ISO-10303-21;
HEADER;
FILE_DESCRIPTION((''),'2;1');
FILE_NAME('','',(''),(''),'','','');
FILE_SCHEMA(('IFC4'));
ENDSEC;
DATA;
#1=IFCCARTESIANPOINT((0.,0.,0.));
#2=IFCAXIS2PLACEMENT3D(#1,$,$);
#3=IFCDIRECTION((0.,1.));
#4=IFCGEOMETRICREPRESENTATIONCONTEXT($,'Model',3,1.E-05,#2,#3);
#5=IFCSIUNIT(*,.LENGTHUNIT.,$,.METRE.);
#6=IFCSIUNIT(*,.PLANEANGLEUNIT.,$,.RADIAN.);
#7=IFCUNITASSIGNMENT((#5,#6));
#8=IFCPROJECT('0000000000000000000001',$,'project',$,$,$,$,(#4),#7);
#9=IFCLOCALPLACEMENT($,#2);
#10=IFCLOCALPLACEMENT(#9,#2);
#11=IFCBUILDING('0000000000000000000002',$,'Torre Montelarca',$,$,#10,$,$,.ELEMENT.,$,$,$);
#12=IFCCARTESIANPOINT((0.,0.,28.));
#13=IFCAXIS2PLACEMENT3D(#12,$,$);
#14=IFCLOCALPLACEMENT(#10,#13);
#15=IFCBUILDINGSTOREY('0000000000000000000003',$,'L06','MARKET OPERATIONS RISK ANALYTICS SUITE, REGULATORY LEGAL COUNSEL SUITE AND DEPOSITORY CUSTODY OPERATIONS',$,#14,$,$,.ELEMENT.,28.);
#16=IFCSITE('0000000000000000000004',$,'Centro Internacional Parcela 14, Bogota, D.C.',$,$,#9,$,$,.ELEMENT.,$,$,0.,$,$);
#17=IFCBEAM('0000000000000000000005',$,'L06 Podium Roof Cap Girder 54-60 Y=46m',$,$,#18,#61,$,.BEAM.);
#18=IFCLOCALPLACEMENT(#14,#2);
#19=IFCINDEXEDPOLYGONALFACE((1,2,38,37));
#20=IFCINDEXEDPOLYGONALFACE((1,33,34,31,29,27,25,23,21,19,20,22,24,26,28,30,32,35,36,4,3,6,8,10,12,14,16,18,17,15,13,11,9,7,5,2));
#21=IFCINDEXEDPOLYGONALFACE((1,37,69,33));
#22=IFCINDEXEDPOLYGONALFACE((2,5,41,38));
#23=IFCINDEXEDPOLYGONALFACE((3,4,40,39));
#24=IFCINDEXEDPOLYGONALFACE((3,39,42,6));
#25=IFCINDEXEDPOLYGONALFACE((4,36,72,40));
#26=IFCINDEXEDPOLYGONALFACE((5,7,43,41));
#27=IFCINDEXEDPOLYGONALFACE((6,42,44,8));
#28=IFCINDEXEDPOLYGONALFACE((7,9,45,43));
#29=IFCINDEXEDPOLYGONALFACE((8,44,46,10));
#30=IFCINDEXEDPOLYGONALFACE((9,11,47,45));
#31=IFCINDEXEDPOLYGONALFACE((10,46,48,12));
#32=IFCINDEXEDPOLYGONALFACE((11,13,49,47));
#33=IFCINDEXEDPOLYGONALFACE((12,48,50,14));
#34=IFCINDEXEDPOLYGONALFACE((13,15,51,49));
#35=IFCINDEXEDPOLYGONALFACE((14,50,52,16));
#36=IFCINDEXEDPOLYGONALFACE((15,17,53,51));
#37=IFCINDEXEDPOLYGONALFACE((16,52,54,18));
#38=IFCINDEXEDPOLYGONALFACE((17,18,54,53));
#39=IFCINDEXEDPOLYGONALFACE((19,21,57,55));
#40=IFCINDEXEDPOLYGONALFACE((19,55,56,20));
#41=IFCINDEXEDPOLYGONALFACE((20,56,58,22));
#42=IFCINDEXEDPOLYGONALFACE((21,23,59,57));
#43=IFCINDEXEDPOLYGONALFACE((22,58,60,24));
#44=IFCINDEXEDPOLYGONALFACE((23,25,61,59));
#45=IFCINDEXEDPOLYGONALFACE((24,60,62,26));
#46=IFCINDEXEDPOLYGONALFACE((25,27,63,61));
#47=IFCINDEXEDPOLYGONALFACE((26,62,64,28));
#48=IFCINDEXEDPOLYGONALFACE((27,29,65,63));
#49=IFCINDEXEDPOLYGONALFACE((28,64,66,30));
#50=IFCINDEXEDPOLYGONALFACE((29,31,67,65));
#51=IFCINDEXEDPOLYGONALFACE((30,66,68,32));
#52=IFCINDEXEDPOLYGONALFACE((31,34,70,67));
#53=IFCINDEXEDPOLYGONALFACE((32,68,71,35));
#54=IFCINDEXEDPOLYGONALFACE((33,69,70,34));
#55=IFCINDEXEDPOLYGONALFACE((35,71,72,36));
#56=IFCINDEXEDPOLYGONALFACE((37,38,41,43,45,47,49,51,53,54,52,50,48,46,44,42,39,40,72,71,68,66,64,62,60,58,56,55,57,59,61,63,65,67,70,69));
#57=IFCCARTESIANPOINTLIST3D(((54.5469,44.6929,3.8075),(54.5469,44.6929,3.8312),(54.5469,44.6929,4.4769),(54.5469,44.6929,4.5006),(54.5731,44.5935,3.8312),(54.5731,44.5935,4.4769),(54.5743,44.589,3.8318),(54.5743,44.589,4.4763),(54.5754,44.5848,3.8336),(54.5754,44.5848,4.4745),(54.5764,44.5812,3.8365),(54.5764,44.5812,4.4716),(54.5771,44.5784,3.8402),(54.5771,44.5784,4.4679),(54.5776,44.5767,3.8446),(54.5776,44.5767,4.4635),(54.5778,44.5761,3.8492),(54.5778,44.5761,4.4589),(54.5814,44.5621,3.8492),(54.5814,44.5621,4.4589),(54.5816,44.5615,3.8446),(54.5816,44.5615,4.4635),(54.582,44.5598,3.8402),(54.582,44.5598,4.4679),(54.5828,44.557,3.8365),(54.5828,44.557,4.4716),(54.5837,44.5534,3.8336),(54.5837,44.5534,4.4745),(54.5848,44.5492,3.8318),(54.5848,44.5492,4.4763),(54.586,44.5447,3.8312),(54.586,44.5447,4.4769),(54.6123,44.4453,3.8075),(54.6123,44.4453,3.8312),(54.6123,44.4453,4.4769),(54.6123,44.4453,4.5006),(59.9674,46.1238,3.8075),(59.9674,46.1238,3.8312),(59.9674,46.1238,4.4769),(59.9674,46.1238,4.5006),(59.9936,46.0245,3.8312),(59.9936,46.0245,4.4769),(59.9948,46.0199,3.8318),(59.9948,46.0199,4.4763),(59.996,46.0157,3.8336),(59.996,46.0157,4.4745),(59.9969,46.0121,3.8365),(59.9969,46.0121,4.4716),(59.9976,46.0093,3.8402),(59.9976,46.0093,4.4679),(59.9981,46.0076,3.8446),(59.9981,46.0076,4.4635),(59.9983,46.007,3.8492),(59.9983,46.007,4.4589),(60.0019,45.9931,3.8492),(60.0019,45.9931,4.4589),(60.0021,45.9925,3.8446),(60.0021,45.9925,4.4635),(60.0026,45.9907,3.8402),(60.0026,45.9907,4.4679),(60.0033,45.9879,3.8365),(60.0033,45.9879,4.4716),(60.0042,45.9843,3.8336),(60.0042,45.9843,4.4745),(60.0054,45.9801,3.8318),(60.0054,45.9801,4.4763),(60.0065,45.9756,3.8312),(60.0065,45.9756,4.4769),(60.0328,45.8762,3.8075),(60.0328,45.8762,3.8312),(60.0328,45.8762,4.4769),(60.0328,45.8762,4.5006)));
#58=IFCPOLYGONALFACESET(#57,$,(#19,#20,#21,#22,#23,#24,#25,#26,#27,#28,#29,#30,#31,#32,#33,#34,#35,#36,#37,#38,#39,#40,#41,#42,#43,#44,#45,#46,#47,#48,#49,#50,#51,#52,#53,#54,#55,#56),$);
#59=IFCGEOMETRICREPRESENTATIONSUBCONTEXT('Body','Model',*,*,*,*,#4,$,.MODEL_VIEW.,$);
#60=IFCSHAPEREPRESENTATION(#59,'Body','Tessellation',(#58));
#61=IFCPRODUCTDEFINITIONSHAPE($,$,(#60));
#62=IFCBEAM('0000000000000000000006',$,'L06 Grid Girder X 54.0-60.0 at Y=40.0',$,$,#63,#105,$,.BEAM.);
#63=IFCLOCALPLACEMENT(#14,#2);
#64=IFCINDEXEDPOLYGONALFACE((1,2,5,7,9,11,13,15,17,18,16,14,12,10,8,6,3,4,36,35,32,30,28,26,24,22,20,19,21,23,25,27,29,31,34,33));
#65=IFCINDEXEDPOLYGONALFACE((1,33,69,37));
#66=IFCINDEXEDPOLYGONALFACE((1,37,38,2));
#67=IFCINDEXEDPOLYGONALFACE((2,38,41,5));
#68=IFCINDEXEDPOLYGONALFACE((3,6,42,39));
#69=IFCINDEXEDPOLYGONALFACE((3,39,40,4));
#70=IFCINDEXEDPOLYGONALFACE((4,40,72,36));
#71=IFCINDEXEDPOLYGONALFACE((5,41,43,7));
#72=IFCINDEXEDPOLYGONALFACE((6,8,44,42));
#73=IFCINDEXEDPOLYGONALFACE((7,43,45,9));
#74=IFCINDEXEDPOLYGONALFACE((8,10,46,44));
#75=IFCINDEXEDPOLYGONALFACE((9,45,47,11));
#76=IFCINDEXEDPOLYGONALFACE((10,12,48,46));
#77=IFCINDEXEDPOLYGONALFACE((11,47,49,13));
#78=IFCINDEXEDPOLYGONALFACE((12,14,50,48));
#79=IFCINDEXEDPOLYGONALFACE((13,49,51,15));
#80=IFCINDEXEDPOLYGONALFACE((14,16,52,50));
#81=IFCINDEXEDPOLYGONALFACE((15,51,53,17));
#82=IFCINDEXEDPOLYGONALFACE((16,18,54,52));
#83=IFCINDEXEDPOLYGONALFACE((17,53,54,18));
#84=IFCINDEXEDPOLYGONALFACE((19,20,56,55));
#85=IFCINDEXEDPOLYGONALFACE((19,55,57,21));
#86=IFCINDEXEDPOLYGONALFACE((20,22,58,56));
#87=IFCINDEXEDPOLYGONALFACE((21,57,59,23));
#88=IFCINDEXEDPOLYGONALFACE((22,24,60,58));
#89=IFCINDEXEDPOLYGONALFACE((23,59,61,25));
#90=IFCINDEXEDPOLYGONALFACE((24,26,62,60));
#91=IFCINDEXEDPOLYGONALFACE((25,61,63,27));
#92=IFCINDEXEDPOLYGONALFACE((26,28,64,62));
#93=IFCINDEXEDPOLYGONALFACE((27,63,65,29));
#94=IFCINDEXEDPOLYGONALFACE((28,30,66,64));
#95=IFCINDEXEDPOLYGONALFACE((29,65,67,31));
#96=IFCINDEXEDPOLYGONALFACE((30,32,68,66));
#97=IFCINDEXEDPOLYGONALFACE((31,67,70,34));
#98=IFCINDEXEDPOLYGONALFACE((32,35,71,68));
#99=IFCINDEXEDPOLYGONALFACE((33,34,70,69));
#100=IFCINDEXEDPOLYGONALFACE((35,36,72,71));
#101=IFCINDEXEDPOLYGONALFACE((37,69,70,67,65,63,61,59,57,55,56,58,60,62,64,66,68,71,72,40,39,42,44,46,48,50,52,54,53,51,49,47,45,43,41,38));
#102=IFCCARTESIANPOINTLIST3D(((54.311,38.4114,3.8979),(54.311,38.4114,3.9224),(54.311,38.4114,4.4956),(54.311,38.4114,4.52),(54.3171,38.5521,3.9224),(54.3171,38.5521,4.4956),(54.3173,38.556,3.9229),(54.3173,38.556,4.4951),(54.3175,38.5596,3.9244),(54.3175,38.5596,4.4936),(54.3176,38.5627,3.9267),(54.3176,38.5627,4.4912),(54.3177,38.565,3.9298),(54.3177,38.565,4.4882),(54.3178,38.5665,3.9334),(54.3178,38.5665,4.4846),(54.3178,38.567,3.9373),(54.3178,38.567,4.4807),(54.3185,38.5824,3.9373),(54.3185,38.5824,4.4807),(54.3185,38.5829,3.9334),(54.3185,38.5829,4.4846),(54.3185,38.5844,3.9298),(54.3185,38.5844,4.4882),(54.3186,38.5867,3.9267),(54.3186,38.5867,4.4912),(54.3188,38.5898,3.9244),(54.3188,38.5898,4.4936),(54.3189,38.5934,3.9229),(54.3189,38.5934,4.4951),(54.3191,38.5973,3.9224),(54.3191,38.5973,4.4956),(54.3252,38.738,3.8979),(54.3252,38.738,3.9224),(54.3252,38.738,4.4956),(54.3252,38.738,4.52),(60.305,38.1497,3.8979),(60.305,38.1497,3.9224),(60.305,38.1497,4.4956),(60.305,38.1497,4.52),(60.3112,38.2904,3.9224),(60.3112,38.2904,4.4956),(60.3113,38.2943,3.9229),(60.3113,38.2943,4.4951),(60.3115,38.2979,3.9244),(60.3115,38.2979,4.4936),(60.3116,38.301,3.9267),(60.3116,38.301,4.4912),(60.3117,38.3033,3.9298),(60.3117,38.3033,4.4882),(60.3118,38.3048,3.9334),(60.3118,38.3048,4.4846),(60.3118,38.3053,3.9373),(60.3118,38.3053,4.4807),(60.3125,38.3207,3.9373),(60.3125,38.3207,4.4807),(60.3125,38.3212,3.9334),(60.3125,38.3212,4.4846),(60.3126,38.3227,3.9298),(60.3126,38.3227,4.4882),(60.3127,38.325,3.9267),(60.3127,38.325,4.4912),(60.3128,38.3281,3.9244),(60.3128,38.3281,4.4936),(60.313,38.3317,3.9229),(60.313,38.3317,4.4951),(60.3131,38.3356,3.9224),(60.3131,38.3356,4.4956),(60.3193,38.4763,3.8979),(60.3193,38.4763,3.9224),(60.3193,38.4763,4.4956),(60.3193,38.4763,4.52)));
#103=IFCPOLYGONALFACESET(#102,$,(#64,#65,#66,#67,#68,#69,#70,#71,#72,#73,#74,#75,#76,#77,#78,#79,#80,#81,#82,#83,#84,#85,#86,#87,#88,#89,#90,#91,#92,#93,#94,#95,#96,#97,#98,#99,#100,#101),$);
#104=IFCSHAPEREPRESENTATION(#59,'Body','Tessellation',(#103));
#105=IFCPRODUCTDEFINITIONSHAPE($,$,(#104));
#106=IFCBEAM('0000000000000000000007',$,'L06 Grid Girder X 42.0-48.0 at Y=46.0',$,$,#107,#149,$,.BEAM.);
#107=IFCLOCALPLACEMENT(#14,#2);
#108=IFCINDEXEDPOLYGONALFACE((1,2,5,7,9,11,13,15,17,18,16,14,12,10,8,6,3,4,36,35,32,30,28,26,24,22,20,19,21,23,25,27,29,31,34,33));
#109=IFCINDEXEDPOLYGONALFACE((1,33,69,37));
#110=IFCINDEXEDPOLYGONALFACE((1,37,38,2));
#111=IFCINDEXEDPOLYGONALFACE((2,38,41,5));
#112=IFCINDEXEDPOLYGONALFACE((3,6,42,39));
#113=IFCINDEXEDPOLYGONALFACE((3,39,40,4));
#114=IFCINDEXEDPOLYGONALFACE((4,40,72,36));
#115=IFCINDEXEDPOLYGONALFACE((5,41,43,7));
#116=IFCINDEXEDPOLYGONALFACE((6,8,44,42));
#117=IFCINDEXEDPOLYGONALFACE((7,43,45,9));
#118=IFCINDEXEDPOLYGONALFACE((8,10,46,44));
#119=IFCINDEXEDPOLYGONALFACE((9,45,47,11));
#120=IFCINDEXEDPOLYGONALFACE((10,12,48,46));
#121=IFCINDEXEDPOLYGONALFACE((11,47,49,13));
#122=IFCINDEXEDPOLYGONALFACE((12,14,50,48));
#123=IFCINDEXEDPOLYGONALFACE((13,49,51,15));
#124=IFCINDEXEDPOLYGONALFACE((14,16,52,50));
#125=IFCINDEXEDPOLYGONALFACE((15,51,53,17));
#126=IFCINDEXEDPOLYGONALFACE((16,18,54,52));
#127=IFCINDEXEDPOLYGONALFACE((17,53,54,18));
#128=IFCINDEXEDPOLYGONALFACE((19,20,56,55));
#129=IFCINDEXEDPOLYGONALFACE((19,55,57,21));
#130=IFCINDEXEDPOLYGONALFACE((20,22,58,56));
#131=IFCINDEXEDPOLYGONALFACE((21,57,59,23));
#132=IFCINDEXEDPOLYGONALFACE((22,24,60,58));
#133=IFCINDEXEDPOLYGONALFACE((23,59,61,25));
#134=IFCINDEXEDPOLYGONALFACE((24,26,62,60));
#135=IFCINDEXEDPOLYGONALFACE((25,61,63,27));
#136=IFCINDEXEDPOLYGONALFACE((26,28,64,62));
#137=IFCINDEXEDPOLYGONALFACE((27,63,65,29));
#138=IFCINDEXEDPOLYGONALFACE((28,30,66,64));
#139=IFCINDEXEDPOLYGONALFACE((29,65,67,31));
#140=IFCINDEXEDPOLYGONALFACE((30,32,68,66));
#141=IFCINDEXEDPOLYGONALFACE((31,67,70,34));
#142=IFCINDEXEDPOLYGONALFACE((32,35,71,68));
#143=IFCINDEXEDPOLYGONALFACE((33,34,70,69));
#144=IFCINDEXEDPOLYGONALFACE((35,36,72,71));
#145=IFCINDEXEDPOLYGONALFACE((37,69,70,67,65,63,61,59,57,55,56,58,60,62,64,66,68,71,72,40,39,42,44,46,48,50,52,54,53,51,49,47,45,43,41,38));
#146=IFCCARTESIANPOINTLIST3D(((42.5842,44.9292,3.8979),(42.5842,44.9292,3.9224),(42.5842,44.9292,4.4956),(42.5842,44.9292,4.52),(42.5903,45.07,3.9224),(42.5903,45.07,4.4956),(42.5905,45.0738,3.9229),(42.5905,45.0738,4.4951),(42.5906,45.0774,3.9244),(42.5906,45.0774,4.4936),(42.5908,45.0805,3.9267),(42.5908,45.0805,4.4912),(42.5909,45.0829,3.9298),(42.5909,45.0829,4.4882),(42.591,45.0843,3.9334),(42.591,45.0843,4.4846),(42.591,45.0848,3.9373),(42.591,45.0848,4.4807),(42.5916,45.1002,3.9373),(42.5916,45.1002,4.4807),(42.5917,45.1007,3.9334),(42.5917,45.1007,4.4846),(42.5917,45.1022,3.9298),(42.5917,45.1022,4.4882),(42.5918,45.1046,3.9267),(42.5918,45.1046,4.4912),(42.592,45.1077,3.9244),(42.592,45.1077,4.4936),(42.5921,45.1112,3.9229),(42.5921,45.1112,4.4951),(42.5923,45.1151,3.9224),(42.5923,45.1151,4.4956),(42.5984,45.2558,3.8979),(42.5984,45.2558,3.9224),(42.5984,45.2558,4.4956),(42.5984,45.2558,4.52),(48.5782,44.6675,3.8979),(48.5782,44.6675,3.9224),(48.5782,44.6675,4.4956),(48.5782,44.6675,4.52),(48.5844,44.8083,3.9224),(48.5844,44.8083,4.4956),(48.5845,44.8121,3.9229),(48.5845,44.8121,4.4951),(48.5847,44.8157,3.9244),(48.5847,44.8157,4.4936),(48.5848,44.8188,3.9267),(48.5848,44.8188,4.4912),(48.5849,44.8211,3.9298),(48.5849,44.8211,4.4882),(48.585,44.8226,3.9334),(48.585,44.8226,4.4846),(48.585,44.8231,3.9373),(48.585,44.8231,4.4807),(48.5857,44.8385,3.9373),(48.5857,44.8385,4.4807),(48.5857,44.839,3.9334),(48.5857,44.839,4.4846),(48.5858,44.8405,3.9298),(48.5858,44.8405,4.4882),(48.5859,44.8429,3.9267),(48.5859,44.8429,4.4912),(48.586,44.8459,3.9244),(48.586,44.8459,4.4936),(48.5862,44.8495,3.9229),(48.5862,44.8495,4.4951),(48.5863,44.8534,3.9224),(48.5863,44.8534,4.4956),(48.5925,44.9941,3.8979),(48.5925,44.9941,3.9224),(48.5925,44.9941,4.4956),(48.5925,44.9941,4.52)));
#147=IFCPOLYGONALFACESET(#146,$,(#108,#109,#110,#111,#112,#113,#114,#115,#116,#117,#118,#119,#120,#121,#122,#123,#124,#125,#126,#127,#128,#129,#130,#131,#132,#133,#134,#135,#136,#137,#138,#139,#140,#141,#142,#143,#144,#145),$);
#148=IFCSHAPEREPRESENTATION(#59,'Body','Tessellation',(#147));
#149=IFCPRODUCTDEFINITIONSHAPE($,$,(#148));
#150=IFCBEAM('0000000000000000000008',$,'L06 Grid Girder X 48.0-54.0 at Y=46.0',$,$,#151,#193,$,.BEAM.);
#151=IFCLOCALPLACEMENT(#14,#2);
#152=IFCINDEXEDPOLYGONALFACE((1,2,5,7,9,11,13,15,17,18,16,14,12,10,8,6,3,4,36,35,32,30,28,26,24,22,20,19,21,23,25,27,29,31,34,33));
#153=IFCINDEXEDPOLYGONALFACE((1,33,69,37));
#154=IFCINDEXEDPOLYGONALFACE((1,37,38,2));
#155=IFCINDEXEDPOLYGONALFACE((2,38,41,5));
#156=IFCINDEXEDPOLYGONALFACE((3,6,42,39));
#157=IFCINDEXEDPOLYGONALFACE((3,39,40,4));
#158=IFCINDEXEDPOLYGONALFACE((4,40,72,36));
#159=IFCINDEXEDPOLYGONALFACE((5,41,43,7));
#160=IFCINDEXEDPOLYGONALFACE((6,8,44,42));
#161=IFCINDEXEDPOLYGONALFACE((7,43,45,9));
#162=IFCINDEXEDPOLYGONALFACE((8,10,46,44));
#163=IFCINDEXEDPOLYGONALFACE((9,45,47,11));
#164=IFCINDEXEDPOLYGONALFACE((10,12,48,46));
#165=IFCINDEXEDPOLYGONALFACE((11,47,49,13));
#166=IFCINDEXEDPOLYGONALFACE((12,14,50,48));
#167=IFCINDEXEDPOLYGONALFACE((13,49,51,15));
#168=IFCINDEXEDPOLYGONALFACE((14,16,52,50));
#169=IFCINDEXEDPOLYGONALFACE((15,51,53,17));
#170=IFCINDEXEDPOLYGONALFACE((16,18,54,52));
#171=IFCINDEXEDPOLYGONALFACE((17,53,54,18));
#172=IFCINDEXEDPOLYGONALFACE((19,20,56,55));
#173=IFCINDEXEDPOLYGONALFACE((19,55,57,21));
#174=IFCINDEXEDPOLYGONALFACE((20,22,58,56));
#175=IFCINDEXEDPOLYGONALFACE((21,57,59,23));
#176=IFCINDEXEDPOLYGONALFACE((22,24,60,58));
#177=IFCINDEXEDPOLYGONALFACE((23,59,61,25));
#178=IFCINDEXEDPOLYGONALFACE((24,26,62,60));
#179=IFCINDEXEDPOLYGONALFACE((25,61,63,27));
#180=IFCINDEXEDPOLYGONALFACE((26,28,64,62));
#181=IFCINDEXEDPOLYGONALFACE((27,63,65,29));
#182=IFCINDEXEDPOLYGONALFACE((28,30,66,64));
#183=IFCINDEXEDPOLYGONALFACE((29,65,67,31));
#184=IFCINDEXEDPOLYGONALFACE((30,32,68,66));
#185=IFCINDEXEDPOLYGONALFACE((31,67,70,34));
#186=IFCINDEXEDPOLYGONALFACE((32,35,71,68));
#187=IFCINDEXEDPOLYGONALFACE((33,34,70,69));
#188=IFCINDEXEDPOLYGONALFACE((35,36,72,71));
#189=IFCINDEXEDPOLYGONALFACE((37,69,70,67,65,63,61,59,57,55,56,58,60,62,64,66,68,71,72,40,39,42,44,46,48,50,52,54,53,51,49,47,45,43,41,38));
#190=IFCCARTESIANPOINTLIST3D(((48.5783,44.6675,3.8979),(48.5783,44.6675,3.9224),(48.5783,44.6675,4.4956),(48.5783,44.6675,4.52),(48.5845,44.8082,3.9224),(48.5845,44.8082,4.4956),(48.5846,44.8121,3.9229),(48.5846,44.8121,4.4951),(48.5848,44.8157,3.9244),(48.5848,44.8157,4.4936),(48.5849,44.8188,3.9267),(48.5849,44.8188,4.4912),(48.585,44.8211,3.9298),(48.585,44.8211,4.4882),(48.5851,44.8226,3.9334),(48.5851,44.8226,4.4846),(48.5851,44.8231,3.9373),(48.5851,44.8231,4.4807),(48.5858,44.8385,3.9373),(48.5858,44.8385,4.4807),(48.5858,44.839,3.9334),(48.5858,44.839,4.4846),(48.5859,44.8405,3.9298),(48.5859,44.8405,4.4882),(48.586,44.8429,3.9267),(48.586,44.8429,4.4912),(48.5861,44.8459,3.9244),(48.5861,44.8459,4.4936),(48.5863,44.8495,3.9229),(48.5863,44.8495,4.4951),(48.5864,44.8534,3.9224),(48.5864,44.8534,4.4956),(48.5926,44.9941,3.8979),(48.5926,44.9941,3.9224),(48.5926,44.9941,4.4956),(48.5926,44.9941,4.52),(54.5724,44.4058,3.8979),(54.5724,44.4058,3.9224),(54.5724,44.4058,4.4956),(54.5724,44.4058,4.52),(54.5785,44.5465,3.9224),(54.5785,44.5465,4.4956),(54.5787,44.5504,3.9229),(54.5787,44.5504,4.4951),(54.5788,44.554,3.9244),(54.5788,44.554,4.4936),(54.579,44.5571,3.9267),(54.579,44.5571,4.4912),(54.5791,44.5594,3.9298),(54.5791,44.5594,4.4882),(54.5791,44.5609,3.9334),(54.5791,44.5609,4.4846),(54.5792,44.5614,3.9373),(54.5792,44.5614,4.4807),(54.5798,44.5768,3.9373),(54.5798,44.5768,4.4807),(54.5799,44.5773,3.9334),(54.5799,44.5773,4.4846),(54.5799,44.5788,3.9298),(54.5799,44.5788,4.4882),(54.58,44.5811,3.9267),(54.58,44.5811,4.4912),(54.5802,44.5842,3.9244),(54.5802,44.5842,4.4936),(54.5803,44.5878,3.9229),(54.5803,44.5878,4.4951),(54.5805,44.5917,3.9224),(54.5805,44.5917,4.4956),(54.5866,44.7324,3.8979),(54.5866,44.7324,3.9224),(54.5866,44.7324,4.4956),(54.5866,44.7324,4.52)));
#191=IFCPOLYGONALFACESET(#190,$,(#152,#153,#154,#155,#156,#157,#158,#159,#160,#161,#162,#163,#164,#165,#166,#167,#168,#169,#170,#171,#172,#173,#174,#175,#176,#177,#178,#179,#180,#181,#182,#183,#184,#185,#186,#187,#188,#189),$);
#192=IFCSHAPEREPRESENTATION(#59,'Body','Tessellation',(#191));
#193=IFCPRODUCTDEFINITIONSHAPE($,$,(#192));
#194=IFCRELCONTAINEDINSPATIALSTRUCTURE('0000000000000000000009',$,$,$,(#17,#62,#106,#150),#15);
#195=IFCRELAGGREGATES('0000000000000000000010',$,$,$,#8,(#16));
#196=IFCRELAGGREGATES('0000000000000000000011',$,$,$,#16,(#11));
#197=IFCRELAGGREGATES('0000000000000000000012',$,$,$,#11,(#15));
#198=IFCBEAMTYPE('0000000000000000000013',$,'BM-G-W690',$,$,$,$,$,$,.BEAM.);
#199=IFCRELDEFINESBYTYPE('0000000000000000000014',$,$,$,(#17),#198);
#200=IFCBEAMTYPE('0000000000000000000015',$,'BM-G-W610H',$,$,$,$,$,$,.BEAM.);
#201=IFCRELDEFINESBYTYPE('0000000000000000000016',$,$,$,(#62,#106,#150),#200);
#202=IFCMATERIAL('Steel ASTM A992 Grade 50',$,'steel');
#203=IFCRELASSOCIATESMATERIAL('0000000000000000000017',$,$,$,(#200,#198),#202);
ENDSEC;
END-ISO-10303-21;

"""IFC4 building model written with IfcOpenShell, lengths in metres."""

from ifc_helpers import new_model, si_unit, direction, frame, origin, origin_2d, place, context, subcontext, project, spatial, i_section, extrude, source, transform, mapped, material, material_profile, profile_set, type_object, element, save


model = new_model("IFC4")

# Units and contexts
model_context = context("Model", 3, precision=1e-05, world=origin(), true_north=direction((0.0, 1.0)))
body_context = subcontext(model_context, "Body", "Model", "MODEL_VIEW")
ifc_project = project(units=[si_unit("LENGTHUNIT", "METRE"), si_unit("PLANEANGLEUNIT", "RADIAN")], contexts=[model_context])

# Site, building, storey
site_placement = place(None, origin())
site = spatial("IfcSite", under=ifc_project, at=site_placement, Name="Centro Internacional Parcela 14, Bogota, D.C.", CompositionType="ELEMENT", RefElevation=0.0)
building_placement = place(site_placement, origin())
building = spatial("IfcBuilding", under=site, at=building_placement, Name="Torre Montelarca", CompositionType="ELEMENT")
storey_placement = place(building_placement, frame((0.0, 0.0, 28.0)))
storey = spatial("IfcBuildingStorey", under=building, at=storey_placement, Name="L06", Description="MARKET OPERATIONS RISK ANALYTICS SUITE, REGULATORY LEGAL COUNSEL SUITE AND DEPOSITORY CUSTODY OPERATIONS", CompositionType="ELEMENT", Elevation=28.0)

# Shared definitions
ifc_material_1 = material(Name="Steel ASTM A992 Grade 50", Category="steel")

# Beams
ifc_material_profile_1 = material_profile(ifc_material_1, i_section(OverallWidth=0.3269, OverallDepth=0.6221, WebThickness=0.0154, FlangeThickness=0.0244, FilletRadius=0.0149, at=origin_2d()), Name="W610X195", Category="steel")
ifc_profile_set_1 = profile_set([ifc_material_profile_1], Name="Steel ASTM A992 Grade 50")
beam_type_1 = type_object("IfcBeamType", Name="BM-G-W610H", PredefinedType="BEAM", material=ifc_profile_set_1)
ifc_material_profile_2 = material_profile(ifc_material_1, i_section(OverallWidth=0.2561, OverallDepth=0.6931, WebThickness=0.0144, FlangeThickness=0.0237, FilletRadius=0.0181, at=origin_2d()), Name="W690X170", Category="steel")
ifc_profile_set_2 = profile_set([ifc_material_profile_2], Name="Steel ASTM A992 Grade 50")
beam_type_2 = type_object("IfcBeamType", Name="BM-G-W690", PredefinedType="BEAM", material=ifc_profile_set_2)
shared_shape_1 = source(origin(), body_context, "Body", "SweptSolid", [
    extrude(i_section(OverallWidth=0.2561, OverallDepth=0.6931, WebThickness=0.0144, FlangeThickness=0.0237, FilletRadius=0.0181, at=origin_2d()), origin(), (0.0, 0.0, 1.0), 5.6062),
])
beam_1_placement = place(storey_placement, frame((54.5796, 44.5691, 4.1541), z_axis=(0.966877, 0.255241, 0.0), x_axis=(-0.255241, 0.966877, 0.0)))
element("IfcBeam", 1, at=beam_1_placement, inside=storey, type_object=beam_type_2, Name="L06 Podium Roof Cap Girder 54-60 Y=46m", PredefinedType="BEAM", context=body_context, shape_type="MappedRepresentation", body=[
    mapped(shared_shape_1, transform((0.0, 0.0, 0.0), scale=1.0)),
])
shared_shape_2 = source(origin(), body_context, "Body", "SweptSolid", [
    extrude(i_section(OverallWidth=0.3269, OverallDepth=0.6221, WebThickness=0.0154, FlangeThickness=0.0244, FilletRadius=0.0149, at=origin_2d()), origin(), (0.0, 0.0, 1.0), 5.9998),
])
for number, where, z_axis, x_axis, name in (
    (2, (54.3181, 38.5747, 4.209), (0.999048, -0.043621, 0.0), (0.043621, 0.999048, 0.0), "L06 Grid Girder X 54.0-60.0 at Y=40.0"),
    (3, (42.5913, 45.0925, 4.209), (0.999048, -0.043621, 0.0), (0.043621, 0.999048, 0.0), "L06 Grid Girder X 42.0-48.0 at Y=46.0"),
    (4, (48.5854, 44.8308, 4.209), (0.999048, -0.043621, 0.0), (0.043621, 0.999048, 0.0), "L06 Grid Girder X 48.0-54.0 at Y=46.0"),
):
    element("IfcBeam", number, at=place(storey_placement, frame(where, z_axis=z_axis, x_axis=x_axis)), inside=storey, type_object=beam_type_1, Name=name, PredefinedType="BEAM", context=body_context, shape_type="MappedRepresentation", body=[
        mapped(shared_shape_2, transform((0.0, 0.0, 0.0), scale=1.0)),
    ])

save(model, "model.ifc")
